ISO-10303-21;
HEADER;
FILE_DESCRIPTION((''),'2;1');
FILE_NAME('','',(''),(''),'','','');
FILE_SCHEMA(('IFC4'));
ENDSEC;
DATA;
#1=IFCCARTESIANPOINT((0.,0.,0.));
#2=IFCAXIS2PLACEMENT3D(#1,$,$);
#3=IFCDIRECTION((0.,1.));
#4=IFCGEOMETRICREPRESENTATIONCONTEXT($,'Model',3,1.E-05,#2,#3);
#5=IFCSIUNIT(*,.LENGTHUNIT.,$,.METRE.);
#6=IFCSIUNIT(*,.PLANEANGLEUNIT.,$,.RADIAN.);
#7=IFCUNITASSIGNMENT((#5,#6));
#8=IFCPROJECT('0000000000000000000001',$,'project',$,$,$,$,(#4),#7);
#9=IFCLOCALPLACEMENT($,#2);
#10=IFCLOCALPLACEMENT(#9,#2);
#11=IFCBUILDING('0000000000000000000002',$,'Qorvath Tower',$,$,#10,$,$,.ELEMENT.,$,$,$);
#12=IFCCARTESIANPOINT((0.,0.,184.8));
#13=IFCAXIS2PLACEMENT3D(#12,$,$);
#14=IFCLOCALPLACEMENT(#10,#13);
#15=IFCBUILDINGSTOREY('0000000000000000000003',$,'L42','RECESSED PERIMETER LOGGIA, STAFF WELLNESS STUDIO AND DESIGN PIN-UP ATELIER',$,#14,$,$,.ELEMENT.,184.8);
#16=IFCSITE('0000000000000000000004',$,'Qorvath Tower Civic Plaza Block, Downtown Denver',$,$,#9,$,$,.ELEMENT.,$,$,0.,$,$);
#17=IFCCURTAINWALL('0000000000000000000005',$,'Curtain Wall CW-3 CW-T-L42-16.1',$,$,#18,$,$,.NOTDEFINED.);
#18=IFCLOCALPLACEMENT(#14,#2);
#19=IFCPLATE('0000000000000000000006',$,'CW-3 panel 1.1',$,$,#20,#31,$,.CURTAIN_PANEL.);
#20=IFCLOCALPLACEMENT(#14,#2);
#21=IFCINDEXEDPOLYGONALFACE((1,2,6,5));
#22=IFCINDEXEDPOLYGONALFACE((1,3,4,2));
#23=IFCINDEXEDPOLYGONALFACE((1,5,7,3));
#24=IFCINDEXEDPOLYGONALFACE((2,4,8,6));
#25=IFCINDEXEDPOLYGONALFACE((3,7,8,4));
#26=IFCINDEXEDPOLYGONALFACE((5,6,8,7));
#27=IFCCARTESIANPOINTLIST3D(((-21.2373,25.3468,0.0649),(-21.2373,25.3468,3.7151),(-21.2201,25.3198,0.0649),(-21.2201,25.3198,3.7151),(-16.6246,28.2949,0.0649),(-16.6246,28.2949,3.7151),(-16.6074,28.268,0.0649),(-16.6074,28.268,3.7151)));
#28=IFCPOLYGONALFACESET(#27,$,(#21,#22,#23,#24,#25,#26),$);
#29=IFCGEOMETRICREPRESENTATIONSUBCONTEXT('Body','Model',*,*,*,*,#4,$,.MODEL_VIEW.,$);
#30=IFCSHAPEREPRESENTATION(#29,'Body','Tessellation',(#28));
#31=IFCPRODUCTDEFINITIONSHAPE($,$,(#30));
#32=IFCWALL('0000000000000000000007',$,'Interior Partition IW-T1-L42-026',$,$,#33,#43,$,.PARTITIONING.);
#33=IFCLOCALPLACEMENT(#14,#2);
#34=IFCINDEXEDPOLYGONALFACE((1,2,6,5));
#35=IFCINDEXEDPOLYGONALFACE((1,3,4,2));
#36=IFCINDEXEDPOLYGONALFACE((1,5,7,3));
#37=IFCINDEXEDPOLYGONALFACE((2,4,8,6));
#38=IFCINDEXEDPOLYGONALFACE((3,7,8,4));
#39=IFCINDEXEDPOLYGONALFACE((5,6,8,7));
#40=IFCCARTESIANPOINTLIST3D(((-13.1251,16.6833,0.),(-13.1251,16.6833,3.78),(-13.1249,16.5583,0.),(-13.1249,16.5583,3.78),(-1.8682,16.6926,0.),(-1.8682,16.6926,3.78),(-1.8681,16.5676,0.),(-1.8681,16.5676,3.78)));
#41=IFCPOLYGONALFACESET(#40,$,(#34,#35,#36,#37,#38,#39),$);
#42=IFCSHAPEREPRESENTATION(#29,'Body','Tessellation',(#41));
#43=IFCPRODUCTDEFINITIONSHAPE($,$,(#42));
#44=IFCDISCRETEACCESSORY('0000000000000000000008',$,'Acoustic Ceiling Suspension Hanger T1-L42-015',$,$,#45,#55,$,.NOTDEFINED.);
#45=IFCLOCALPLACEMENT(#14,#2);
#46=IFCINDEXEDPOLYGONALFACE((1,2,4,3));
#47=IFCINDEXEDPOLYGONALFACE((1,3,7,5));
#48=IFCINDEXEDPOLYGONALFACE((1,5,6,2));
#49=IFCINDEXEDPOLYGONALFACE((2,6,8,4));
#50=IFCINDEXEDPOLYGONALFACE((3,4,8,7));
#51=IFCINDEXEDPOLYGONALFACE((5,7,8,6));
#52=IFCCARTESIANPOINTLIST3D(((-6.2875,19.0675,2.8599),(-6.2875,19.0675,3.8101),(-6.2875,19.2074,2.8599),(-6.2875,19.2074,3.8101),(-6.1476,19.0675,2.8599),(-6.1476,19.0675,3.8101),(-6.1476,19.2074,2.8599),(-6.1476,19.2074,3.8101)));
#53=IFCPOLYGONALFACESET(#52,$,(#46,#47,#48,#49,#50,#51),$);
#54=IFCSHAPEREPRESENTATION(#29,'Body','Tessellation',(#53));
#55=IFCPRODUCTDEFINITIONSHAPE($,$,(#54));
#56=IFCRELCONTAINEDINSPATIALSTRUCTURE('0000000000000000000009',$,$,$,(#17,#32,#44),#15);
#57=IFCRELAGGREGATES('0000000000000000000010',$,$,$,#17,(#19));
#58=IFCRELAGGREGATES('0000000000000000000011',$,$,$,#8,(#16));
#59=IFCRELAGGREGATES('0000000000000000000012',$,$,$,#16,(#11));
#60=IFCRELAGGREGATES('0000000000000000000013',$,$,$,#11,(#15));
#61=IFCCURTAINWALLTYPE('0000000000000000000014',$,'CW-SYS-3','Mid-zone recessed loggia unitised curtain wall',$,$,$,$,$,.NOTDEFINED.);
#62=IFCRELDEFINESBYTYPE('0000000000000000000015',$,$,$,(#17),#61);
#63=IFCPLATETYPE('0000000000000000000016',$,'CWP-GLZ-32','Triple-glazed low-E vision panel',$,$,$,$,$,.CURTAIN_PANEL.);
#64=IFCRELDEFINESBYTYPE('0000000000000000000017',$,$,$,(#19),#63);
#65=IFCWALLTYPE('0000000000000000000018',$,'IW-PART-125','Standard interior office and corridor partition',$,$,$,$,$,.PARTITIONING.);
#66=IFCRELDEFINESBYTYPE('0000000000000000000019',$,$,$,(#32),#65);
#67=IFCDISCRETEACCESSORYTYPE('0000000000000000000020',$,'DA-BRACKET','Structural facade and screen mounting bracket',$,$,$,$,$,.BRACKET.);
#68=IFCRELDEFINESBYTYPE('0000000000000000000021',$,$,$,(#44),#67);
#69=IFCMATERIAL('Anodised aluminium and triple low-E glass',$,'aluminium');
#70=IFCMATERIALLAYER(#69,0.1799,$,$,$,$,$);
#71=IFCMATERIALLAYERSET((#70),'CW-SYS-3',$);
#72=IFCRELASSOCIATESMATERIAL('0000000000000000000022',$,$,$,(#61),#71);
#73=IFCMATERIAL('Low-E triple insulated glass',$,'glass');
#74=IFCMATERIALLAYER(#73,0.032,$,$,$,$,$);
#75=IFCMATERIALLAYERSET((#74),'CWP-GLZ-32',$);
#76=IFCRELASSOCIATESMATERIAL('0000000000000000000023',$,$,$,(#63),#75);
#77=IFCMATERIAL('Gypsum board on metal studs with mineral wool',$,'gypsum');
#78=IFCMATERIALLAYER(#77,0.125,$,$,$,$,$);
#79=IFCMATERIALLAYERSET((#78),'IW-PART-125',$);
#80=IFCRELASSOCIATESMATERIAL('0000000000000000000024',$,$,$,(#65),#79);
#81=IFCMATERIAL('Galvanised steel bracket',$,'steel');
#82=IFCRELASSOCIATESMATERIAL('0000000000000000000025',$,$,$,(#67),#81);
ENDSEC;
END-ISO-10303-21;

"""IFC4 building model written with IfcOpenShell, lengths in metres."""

from ifc_helpers import new_model, si_unit, direction, frame, frame_2d, origin, origin_2d, place, context, subcontext, project, spatial, rectangle, extrude, material, layer, layer_set, type_object, element, aggregate, save


model = new_model("IFC4")

# Units and contexts
model_context = context("Model", 3, precision=1e-05, world=origin(), true_north=direction((0.0, 1.0)))
body_context = subcontext(model_context, "Body", "Model", "MODEL_VIEW")
ifc_project = project(units=[si_unit("LENGTHUNIT", "METRE"), si_unit("PLANEANGLEUNIT", "RADIAN")], contexts=[model_context])

# Site, building, storey
site_placement = place(None, origin())
site = spatial("IfcSite", under=ifc_project, at=site_placement, Name="Qorvath Tower Civic Plaza Block, Downtown Denver", CompositionType="ELEMENT", RefElevation=0.0)
building_placement = place(site_placement, origin())
building = spatial("IfcBuilding", under=site, at=building_placement, Name="Qorvath Tower", CompositionType="ELEMENT")
storey_placement = place(building_placement, frame((0.0, 0.0, 184.8)))
storey = spatial("IfcBuildingStorey", under=building, at=storey_placement, Name="L42", Description="RECESSED PERIMETER LOGGIA, STAFF WELLNESS STUDIO AND DESIGN PIN-UP ATELIER", CompositionType="ELEMENT", Elevation=184.8)

# Shared definitions
ifc_material_1 = material(Name="Anodised aluminium and triple low-E glass", Category="aluminium")
ifc_layer_1 = layer(ifc_material_1, 0.1799)
ifc_layer_set_1 = layer_set([ifc_layer_1], Name="CW-SYS-3")
curtain_wall_type = type_object("IfcCurtainWallType", Name="CW-SYS-3", Description="Mid-zone recessed loggia unitised curtain wall", PredefinedType="NOTDEFINED", material=ifc_layer_set_1)

# Curtain wall
curtain_wall_1_placement = place(storey_placement, origin())
curtain_wall_1 = element("IfcCurtainWall", 1, at=curtain_wall_1_placement, inside=storey, type_object=curtain_wall_type, Name="Curtain Wall CW-3 CW-T-L42-16.1", PredefinedType="NOTDEFINED")

# Plate
ifc_material_2 = material(Name="Low-E triple insulated glass", Category="glass")
ifc_layer_2 = layer(ifc_material_2, 0.032)
ifc_layer_set_2 = layer_set([ifc_layer_2], Name="CWP-GLZ-32")
plate_type = type_object("IfcPlateType", Name="CWP-GLZ-32", Description="Triple-glazed low-E vision panel", PredefinedType="CURTAIN_PANEL", material=ifc_layer_set_2)
plate_1_placement = place(storey_placement, frame((-18.9224, 26.8074, 0.0649), z_axis=(0.0, 0.0, 1.0), x_axis=(-0.842606, -0.538531, 0.0)))
plate_1 = element("IfcPlate", 2, at=plate_1_placement, type_object=plate_type, Name="CW-3 panel 1.1", PredefinedType="CURTAIN_PANEL", context=body_context, shape_type="SweptSolid", body=[
    extrude(rectangle(XDim=5.4744, YDim=0.032, at=origin_2d()), origin(), (0.0, 0.0, 1.0), 3.6501),
])
aggregate(curtain_wall_1, [plate_1])

# Wall
ifc_material_3 = material(Name="Gypsum board on metal studs with mineral wool", Category="gypsum")
ifc_layer_3 = layer(ifc_material_3, 0.125)
ifc_layer_set_3 = layer_set([ifc_layer_3], Name="IW-PART-125")
wall_type = type_object("IfcWallType", Name="IW-PART-125", Description="Standard interior office and corridor partition", PredefinedType="PARTITIONING", material=ifc_layer_set_3)
wall_placement = place(storey_placement, frame((-13.125, 16.6208, 0.0), z_axis=(0.0, 0.0, 1.0), x_axis=(1.0, 0.000824, 0.0)))
element("IfcWall", 3, at=wall_placement, inside=storey, type_object=wall_type, Name="Interior Partition IW-T1-L42-026", PredefinedType="PARTITIONING", context=body_context, shape_type="SweptSolid", body=[
    extrude(rectangle(XDim=11.2568, YDim=0.125, at=frame_2d((5.6284, 0.0))), origin(), (0.0, 0.0, 1.0), 3.78),
])

# Discrete accessory
ifc_material_4 = material(Name="Galvanised steel bracket", Category="steel")
discrete_accessory_type = type_object("IfcDiscreteAccessoryType", Name="DA-BRACKET", Description="Structural facade and screen mounting bracket", PredefinedType="BRACKET", material=ifc_material_4)
discrete_accessory_placement = place(storey_placement, frame((-6.2175, 19.1375, 2.8599), z_axis=(0.0, 0.0, 1.0), x_axis=(1.0, 0.0, 0.0)))
element("IfcDiscreteAccessory", 4, at=discrete_accessory_placement, inside=storey, type_object=discrete_accessory_type, Name="Acoustic Ceiling Suspension Hanger T1-L42-015", PredefinedType="NOTDEFINED", context=body_context, shape_type="SweptSolid", body=[
    extrude(rectangle(XDim=0.1399, YDim=0.1399, at=origin_2d()), origin(), (0.0, 0.0, 1.0), 0.9502),
])

save(model, "model.ifc")
